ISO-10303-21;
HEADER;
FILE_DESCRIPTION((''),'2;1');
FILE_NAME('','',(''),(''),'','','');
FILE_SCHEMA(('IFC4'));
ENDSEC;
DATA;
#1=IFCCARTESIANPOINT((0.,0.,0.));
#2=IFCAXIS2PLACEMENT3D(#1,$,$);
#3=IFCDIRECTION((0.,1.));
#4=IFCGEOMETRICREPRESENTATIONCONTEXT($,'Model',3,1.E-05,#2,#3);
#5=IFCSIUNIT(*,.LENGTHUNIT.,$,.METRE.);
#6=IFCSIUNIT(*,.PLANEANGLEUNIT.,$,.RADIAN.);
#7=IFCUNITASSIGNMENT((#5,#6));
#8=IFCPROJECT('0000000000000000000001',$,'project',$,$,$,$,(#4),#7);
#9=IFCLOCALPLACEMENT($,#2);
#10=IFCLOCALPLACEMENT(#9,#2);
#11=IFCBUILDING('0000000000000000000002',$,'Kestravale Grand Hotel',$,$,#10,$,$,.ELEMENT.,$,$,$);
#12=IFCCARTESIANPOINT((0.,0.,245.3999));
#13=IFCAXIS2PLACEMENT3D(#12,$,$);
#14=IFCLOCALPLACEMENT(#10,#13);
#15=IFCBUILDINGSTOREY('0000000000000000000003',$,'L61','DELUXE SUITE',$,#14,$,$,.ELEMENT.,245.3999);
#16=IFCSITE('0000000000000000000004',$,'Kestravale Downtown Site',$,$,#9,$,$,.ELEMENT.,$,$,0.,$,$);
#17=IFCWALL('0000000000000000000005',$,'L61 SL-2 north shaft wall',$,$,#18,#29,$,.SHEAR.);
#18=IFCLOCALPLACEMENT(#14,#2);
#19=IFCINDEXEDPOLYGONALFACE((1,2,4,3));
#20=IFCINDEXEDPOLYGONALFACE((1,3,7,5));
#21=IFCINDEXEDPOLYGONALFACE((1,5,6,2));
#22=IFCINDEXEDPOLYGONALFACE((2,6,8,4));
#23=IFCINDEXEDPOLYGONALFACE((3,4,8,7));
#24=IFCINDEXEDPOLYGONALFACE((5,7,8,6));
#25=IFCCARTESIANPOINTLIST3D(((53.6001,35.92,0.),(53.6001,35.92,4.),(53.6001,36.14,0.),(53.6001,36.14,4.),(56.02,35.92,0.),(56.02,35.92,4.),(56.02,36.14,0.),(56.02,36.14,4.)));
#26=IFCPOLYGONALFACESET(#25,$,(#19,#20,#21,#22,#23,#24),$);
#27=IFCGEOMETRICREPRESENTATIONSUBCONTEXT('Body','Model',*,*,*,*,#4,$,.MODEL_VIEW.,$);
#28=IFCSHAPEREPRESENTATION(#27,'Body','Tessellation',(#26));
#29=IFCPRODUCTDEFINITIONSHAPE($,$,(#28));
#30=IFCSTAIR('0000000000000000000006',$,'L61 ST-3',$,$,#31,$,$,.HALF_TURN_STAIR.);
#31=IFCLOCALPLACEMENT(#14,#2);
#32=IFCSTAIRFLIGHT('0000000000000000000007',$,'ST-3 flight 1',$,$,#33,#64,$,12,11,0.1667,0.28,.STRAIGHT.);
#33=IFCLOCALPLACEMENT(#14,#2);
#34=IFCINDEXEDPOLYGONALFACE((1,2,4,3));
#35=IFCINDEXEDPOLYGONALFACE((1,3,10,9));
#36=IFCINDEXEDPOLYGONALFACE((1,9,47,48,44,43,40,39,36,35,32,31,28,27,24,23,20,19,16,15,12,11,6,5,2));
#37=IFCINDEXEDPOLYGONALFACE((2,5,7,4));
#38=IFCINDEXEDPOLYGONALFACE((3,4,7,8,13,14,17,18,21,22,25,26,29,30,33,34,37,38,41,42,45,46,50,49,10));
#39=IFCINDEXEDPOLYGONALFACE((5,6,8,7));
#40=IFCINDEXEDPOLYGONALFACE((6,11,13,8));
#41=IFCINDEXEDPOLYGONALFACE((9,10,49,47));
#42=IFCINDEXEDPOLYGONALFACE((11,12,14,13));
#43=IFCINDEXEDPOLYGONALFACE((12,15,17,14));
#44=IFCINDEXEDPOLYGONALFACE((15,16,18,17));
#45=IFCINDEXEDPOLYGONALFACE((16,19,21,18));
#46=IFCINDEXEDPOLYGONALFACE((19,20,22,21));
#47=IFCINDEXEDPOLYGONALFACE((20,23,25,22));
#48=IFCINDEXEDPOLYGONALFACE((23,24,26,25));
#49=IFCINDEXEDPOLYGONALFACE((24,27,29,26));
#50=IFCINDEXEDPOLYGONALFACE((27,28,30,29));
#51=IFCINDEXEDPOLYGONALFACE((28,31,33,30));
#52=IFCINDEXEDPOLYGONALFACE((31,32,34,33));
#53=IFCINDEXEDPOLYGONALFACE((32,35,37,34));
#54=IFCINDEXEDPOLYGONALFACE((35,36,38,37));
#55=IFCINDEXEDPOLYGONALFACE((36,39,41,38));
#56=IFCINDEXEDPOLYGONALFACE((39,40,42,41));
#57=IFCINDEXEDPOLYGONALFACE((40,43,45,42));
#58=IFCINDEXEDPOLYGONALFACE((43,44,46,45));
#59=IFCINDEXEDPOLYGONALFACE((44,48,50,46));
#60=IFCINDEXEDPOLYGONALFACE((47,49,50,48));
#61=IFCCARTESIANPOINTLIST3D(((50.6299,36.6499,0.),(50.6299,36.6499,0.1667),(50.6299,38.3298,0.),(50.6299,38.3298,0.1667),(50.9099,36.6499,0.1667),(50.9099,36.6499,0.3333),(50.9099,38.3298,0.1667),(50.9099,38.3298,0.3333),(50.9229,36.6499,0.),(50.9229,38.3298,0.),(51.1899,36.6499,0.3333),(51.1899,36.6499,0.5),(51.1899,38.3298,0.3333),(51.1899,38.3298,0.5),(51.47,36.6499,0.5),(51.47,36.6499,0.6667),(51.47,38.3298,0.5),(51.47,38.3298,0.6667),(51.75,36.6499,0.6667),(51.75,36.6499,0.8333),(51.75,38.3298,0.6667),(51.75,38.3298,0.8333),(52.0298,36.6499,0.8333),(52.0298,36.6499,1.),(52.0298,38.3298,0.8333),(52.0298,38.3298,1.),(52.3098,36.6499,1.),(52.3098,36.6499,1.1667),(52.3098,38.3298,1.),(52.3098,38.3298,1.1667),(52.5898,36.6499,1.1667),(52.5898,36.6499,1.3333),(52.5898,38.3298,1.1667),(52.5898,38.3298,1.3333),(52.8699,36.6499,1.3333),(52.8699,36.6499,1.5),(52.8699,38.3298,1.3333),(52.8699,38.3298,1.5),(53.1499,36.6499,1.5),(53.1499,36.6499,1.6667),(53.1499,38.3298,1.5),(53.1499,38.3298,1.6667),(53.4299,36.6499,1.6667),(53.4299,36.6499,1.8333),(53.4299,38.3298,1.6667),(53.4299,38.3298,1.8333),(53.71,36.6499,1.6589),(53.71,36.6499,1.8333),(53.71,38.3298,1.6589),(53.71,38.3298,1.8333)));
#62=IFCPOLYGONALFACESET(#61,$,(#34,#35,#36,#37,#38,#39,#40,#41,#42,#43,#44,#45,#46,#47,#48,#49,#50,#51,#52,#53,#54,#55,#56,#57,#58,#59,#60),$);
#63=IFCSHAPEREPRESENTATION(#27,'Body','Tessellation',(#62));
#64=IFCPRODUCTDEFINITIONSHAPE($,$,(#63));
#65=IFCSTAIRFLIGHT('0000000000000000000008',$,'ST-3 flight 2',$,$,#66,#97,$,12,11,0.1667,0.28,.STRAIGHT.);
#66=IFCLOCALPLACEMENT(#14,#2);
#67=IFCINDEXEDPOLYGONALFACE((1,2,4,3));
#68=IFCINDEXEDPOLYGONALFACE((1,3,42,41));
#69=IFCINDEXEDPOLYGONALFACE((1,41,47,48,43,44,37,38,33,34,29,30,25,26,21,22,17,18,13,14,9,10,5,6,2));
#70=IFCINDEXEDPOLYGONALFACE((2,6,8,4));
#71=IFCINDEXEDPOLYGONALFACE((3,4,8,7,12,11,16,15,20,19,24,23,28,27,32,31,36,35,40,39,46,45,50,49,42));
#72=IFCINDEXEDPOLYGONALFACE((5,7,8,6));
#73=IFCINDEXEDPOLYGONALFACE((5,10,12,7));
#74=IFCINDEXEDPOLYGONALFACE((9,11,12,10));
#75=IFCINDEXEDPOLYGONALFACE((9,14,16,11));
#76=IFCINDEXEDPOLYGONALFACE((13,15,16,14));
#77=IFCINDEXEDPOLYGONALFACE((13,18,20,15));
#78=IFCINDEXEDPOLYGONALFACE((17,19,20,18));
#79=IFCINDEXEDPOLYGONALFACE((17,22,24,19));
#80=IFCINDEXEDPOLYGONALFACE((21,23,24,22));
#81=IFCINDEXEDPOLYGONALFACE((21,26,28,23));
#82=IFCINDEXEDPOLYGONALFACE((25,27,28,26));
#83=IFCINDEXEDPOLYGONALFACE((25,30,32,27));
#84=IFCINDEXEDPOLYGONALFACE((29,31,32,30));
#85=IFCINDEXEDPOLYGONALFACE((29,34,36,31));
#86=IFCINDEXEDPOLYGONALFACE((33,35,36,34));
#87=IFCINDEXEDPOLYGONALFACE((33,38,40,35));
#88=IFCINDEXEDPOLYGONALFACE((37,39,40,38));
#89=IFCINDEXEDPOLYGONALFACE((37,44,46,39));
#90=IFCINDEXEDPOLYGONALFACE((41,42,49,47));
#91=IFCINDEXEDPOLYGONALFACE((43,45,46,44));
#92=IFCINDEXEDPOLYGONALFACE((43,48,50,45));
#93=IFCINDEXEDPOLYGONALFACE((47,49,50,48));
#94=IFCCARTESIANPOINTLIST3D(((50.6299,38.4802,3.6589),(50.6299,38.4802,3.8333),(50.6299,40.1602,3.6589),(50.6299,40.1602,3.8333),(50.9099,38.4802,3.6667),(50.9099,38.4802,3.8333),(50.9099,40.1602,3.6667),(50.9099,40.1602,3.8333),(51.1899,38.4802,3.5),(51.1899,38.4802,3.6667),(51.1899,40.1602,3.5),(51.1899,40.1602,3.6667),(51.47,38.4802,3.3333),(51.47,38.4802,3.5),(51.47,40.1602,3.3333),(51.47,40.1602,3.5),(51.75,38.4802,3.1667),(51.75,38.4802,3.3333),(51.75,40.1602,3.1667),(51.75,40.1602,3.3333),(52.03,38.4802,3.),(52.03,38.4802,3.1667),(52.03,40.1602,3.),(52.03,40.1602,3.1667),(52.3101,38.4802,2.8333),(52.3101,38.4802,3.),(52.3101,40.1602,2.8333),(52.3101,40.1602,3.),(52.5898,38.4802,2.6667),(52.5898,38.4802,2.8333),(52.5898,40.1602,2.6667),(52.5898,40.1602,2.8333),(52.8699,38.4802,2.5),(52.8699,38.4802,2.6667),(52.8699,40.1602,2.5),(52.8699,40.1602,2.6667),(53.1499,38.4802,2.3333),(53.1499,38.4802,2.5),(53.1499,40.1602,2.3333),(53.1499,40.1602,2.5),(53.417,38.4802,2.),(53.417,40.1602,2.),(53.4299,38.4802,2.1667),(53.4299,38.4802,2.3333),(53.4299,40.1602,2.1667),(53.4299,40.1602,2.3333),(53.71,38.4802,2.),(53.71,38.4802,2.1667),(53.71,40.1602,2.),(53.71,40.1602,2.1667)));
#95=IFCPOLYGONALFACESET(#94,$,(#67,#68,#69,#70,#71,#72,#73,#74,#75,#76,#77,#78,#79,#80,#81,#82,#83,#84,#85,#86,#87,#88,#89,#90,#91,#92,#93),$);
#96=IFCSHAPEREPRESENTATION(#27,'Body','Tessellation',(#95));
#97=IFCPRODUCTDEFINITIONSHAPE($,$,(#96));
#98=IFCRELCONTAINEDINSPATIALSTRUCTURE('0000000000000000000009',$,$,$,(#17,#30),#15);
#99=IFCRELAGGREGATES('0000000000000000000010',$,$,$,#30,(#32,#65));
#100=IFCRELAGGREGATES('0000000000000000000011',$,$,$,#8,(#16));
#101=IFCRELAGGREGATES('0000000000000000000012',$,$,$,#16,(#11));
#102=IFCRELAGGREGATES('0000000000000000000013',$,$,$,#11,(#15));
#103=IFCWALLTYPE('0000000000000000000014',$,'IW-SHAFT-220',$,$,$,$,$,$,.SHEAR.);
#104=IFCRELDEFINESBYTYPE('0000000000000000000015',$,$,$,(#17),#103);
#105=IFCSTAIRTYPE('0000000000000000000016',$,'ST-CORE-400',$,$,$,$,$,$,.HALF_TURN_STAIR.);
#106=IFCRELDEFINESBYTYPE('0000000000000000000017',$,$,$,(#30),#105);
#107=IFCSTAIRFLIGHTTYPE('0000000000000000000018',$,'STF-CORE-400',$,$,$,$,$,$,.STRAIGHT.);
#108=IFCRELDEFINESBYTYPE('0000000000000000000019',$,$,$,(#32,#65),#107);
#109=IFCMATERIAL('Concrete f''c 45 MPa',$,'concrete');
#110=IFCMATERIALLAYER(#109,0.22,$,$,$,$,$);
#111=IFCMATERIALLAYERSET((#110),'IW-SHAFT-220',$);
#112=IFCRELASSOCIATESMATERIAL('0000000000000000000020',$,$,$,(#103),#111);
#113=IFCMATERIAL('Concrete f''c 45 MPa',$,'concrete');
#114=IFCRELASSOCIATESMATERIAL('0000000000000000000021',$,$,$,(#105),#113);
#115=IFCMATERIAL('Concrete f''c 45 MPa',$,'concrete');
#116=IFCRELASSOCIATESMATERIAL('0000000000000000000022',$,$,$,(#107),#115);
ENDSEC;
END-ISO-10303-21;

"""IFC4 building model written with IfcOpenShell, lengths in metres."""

from ifc_helpers import new_model, si_unit, direction, frame, frame_2d, origin, place, context, subcontext, project, spatial, polyline, rectangle, outline, extrude, material, layer, layer_set, type_object, element, aggregate, save


model = new_model("IFC4")

# Units and contexts
model_context = context("Model", 3, precision=1e-05, world=origin(), true_north=direction((0.0, 1.0)))
body_context = subcontext(model_context, "Body", "Model", "MODEL_VIEW")
ifc_project = project(units=[si_unit("LENGTHUNIT", "METRE"), si_unit("PLANEANGLEUNIT", "RADIAN")], contexts=[model_context])

# Site, building, storey
site_placement = place(None, origin())
site = spatial("IfcSite", under=ifc_project, at=site_placement, Name="Kestravale Downtown Site", CompositionType="ELEMENT", RefElevation=0.0)
building_placement = place(site_placement, origin())
building = spatial("IfcBuilding", under=site, at=building_placement, Name="Kestravale Grand Hotel", CompositionType="ELEMENT")
storey_placement = place(building_placement, frame((0.0, 0.0, 245.3999)))
storey = spatial("IfcBuildingStorey", under=building, at=storey_placement, Name="L61", Description="DELUXE SUITE", CompositionType="ELEMENT", Elevation=245.3999)

# Shared definitions
ifc_material_1 = material(Name="Concrete f'c 45 MPa", Category="concrete")
ifc_layer_1 = layer(ifc_material_1, 0.22)
ifc_layer_set_1 = layer_set([ifc_layer_1], Name="IW-SHAFT-220")
wall_type_1 = type_object("IfcWallType", Name="IW-SHAFT-220", PredefinedType="SHEAR", material=ifc_layer_set_1)

# Wall
wall_1_placement = place(storey_placement, frame((53.6001, 36.03, 0.0), z_axis=(0.0, 0.0, 1.0), x_axis=(1.0, 0.0, 0.0)))
element("IfcWall", 1, at=wall_1_placement, inside=storey, type_object=wall_type_1, Name="L61 SL-2 north shaft wall", PredefinedType="SHEAR", context=body_context, shape_type="SweptSolid", body=[
    extrude(rectangle(XDim=2.4199, YDim=0.22, at=frame_2d((1.21, 0.0))), origin(), (0.0, 0.0, 1.0), 4.0),
])

# Stair, stair flights
ifc_material_2 = material(Name="Concrete f'c 45 MPa", Category="concrete")
stair_type = type_object("IfcStairType", Name="ST-CORE-400", PredefinedType="HALF_TURN_STAIR", material=ifc_material_2)
stair_placement = place(storey_placement, origin())
stair = element("IfcStair", 2, at=stair_placement, inside=storey, type_object=stair_type, Name="L61 ST-3", PredefinedType="HALF_TURN_STAIR")
ifc_material_3 = material(Name="Concrete f'c 45 MPa", Category="concrete")
stair_flight_type = type_object("IfcStairFlightType", Name="STF-CORE-400", PredefinedType="STRAIGHT", material=ifc_material_3)
stair_flight_1_placement = place(storey_placement, frame((50.6299, 37.49, 0.0), z_axis=(0.0, 0.0, 1.0), x_axis=(1.0, 0.0, 0.0)))
stair_flight_1 = element("IfcStairFlight", 3, at=stair_flight_1_placement, type_object=stair_flight_type, Name="ST-3 flight 1", NumberOfRisers=12, NumberOfTreads=11, PredefinedType="STRAIGHT", RiserHeight=0.1667, TreadLength=0.28, context=body_context, shape_type="SweptSolid", body=[
    extrude(outline(polyline([(0.0, 0.0), (0.0, 0.1667), (0.28, 0.1667), (0.28, 0.3333), (0.5601, 0.3333), (0.5601, 0.5), (0.8401, 0.5), (0.8401, 0.6667), (1.1201, 0.6667), (1.1201, 0.8333), (1.3999, 0.8333), (1.3999, 1.0), (1.6799, 1.0), (1.6799, 1.1667), (1.96, 1.1667), (1.96, 1.3333), (2.24, 1.3333), (2.24, 1.5), (2.52, 1.5), (2.52, 1.6667), (2.8, 1.6667), (2.8, 1.8333), (3.0801, 1.8333), (3.0801, 2.0), (3.0801, 1.6589), (0.293, 0.0), (0.0, 0.0)])), frame((0.0, 0.8398, 0.0), z_axis=(0.0, -1.0, 0.0), x_axis=(1.0, 0.0, 0.0)), (0.0, 0.0, 1.0), 1.6799),
])
stair_flight_2_placement = place(storey_placement, frame((53.71, 39.3201, 2.0), z_axis=(0.0, 0.0, 1.0), x_axis=(-1.0, 0.0, 0.0)))
stair_flight_2 = element("IfcStairFlight", 4, at=stair_flight_2_placement, type_object=stair_flight_type, Name="ST-3 flight 2", NumberOfRisers=12, NumberOfTreads=11, PredefinedType="STRAIGHT", RiserHeight=0.1667, TreadLength=0.28, context=body_context, shape_type="SweptSolid", body=[
    extrude(outline(polyline([(0.0, 0.0), (0.0, 0.1667), (0.28, 0.1667), (0.28, 0.3333), (0.5601, 0.3333), (0.5601, 0.5), (0.8401, 0.5), (0.8401, 0.6667), (1.1201, 0.6667), (1.1201, 0.8333), (1.3999, 0.8333), (1.3999, 1.0), (1.6799, 1.0), (1.6799, 1.1667), (1.96, 1.1667), (1.96, 1.3333), (2.24, 1.3333), (2.24, 1.5), (2.52, 1.5), (2.52, 1.6667), (2.8, 1.6667), (2.8, 1.8333), (3.0801, 1.8333), (3.0801, 2.0), (3.0801, 1.6589), (0.293, 0.0), (0.0, 0.0)])), frame((0.0, 0.8398, 0.0), z_axis=(0.0, -1.0, 0.0), x_axis=(1.0, 0.0, 0.0)), (0.0, 0.0, 1.0), 1.6799),
])
aggregate(stair, [stair_flight_1, stair_flight_2])

save(model, "model.ifc")
